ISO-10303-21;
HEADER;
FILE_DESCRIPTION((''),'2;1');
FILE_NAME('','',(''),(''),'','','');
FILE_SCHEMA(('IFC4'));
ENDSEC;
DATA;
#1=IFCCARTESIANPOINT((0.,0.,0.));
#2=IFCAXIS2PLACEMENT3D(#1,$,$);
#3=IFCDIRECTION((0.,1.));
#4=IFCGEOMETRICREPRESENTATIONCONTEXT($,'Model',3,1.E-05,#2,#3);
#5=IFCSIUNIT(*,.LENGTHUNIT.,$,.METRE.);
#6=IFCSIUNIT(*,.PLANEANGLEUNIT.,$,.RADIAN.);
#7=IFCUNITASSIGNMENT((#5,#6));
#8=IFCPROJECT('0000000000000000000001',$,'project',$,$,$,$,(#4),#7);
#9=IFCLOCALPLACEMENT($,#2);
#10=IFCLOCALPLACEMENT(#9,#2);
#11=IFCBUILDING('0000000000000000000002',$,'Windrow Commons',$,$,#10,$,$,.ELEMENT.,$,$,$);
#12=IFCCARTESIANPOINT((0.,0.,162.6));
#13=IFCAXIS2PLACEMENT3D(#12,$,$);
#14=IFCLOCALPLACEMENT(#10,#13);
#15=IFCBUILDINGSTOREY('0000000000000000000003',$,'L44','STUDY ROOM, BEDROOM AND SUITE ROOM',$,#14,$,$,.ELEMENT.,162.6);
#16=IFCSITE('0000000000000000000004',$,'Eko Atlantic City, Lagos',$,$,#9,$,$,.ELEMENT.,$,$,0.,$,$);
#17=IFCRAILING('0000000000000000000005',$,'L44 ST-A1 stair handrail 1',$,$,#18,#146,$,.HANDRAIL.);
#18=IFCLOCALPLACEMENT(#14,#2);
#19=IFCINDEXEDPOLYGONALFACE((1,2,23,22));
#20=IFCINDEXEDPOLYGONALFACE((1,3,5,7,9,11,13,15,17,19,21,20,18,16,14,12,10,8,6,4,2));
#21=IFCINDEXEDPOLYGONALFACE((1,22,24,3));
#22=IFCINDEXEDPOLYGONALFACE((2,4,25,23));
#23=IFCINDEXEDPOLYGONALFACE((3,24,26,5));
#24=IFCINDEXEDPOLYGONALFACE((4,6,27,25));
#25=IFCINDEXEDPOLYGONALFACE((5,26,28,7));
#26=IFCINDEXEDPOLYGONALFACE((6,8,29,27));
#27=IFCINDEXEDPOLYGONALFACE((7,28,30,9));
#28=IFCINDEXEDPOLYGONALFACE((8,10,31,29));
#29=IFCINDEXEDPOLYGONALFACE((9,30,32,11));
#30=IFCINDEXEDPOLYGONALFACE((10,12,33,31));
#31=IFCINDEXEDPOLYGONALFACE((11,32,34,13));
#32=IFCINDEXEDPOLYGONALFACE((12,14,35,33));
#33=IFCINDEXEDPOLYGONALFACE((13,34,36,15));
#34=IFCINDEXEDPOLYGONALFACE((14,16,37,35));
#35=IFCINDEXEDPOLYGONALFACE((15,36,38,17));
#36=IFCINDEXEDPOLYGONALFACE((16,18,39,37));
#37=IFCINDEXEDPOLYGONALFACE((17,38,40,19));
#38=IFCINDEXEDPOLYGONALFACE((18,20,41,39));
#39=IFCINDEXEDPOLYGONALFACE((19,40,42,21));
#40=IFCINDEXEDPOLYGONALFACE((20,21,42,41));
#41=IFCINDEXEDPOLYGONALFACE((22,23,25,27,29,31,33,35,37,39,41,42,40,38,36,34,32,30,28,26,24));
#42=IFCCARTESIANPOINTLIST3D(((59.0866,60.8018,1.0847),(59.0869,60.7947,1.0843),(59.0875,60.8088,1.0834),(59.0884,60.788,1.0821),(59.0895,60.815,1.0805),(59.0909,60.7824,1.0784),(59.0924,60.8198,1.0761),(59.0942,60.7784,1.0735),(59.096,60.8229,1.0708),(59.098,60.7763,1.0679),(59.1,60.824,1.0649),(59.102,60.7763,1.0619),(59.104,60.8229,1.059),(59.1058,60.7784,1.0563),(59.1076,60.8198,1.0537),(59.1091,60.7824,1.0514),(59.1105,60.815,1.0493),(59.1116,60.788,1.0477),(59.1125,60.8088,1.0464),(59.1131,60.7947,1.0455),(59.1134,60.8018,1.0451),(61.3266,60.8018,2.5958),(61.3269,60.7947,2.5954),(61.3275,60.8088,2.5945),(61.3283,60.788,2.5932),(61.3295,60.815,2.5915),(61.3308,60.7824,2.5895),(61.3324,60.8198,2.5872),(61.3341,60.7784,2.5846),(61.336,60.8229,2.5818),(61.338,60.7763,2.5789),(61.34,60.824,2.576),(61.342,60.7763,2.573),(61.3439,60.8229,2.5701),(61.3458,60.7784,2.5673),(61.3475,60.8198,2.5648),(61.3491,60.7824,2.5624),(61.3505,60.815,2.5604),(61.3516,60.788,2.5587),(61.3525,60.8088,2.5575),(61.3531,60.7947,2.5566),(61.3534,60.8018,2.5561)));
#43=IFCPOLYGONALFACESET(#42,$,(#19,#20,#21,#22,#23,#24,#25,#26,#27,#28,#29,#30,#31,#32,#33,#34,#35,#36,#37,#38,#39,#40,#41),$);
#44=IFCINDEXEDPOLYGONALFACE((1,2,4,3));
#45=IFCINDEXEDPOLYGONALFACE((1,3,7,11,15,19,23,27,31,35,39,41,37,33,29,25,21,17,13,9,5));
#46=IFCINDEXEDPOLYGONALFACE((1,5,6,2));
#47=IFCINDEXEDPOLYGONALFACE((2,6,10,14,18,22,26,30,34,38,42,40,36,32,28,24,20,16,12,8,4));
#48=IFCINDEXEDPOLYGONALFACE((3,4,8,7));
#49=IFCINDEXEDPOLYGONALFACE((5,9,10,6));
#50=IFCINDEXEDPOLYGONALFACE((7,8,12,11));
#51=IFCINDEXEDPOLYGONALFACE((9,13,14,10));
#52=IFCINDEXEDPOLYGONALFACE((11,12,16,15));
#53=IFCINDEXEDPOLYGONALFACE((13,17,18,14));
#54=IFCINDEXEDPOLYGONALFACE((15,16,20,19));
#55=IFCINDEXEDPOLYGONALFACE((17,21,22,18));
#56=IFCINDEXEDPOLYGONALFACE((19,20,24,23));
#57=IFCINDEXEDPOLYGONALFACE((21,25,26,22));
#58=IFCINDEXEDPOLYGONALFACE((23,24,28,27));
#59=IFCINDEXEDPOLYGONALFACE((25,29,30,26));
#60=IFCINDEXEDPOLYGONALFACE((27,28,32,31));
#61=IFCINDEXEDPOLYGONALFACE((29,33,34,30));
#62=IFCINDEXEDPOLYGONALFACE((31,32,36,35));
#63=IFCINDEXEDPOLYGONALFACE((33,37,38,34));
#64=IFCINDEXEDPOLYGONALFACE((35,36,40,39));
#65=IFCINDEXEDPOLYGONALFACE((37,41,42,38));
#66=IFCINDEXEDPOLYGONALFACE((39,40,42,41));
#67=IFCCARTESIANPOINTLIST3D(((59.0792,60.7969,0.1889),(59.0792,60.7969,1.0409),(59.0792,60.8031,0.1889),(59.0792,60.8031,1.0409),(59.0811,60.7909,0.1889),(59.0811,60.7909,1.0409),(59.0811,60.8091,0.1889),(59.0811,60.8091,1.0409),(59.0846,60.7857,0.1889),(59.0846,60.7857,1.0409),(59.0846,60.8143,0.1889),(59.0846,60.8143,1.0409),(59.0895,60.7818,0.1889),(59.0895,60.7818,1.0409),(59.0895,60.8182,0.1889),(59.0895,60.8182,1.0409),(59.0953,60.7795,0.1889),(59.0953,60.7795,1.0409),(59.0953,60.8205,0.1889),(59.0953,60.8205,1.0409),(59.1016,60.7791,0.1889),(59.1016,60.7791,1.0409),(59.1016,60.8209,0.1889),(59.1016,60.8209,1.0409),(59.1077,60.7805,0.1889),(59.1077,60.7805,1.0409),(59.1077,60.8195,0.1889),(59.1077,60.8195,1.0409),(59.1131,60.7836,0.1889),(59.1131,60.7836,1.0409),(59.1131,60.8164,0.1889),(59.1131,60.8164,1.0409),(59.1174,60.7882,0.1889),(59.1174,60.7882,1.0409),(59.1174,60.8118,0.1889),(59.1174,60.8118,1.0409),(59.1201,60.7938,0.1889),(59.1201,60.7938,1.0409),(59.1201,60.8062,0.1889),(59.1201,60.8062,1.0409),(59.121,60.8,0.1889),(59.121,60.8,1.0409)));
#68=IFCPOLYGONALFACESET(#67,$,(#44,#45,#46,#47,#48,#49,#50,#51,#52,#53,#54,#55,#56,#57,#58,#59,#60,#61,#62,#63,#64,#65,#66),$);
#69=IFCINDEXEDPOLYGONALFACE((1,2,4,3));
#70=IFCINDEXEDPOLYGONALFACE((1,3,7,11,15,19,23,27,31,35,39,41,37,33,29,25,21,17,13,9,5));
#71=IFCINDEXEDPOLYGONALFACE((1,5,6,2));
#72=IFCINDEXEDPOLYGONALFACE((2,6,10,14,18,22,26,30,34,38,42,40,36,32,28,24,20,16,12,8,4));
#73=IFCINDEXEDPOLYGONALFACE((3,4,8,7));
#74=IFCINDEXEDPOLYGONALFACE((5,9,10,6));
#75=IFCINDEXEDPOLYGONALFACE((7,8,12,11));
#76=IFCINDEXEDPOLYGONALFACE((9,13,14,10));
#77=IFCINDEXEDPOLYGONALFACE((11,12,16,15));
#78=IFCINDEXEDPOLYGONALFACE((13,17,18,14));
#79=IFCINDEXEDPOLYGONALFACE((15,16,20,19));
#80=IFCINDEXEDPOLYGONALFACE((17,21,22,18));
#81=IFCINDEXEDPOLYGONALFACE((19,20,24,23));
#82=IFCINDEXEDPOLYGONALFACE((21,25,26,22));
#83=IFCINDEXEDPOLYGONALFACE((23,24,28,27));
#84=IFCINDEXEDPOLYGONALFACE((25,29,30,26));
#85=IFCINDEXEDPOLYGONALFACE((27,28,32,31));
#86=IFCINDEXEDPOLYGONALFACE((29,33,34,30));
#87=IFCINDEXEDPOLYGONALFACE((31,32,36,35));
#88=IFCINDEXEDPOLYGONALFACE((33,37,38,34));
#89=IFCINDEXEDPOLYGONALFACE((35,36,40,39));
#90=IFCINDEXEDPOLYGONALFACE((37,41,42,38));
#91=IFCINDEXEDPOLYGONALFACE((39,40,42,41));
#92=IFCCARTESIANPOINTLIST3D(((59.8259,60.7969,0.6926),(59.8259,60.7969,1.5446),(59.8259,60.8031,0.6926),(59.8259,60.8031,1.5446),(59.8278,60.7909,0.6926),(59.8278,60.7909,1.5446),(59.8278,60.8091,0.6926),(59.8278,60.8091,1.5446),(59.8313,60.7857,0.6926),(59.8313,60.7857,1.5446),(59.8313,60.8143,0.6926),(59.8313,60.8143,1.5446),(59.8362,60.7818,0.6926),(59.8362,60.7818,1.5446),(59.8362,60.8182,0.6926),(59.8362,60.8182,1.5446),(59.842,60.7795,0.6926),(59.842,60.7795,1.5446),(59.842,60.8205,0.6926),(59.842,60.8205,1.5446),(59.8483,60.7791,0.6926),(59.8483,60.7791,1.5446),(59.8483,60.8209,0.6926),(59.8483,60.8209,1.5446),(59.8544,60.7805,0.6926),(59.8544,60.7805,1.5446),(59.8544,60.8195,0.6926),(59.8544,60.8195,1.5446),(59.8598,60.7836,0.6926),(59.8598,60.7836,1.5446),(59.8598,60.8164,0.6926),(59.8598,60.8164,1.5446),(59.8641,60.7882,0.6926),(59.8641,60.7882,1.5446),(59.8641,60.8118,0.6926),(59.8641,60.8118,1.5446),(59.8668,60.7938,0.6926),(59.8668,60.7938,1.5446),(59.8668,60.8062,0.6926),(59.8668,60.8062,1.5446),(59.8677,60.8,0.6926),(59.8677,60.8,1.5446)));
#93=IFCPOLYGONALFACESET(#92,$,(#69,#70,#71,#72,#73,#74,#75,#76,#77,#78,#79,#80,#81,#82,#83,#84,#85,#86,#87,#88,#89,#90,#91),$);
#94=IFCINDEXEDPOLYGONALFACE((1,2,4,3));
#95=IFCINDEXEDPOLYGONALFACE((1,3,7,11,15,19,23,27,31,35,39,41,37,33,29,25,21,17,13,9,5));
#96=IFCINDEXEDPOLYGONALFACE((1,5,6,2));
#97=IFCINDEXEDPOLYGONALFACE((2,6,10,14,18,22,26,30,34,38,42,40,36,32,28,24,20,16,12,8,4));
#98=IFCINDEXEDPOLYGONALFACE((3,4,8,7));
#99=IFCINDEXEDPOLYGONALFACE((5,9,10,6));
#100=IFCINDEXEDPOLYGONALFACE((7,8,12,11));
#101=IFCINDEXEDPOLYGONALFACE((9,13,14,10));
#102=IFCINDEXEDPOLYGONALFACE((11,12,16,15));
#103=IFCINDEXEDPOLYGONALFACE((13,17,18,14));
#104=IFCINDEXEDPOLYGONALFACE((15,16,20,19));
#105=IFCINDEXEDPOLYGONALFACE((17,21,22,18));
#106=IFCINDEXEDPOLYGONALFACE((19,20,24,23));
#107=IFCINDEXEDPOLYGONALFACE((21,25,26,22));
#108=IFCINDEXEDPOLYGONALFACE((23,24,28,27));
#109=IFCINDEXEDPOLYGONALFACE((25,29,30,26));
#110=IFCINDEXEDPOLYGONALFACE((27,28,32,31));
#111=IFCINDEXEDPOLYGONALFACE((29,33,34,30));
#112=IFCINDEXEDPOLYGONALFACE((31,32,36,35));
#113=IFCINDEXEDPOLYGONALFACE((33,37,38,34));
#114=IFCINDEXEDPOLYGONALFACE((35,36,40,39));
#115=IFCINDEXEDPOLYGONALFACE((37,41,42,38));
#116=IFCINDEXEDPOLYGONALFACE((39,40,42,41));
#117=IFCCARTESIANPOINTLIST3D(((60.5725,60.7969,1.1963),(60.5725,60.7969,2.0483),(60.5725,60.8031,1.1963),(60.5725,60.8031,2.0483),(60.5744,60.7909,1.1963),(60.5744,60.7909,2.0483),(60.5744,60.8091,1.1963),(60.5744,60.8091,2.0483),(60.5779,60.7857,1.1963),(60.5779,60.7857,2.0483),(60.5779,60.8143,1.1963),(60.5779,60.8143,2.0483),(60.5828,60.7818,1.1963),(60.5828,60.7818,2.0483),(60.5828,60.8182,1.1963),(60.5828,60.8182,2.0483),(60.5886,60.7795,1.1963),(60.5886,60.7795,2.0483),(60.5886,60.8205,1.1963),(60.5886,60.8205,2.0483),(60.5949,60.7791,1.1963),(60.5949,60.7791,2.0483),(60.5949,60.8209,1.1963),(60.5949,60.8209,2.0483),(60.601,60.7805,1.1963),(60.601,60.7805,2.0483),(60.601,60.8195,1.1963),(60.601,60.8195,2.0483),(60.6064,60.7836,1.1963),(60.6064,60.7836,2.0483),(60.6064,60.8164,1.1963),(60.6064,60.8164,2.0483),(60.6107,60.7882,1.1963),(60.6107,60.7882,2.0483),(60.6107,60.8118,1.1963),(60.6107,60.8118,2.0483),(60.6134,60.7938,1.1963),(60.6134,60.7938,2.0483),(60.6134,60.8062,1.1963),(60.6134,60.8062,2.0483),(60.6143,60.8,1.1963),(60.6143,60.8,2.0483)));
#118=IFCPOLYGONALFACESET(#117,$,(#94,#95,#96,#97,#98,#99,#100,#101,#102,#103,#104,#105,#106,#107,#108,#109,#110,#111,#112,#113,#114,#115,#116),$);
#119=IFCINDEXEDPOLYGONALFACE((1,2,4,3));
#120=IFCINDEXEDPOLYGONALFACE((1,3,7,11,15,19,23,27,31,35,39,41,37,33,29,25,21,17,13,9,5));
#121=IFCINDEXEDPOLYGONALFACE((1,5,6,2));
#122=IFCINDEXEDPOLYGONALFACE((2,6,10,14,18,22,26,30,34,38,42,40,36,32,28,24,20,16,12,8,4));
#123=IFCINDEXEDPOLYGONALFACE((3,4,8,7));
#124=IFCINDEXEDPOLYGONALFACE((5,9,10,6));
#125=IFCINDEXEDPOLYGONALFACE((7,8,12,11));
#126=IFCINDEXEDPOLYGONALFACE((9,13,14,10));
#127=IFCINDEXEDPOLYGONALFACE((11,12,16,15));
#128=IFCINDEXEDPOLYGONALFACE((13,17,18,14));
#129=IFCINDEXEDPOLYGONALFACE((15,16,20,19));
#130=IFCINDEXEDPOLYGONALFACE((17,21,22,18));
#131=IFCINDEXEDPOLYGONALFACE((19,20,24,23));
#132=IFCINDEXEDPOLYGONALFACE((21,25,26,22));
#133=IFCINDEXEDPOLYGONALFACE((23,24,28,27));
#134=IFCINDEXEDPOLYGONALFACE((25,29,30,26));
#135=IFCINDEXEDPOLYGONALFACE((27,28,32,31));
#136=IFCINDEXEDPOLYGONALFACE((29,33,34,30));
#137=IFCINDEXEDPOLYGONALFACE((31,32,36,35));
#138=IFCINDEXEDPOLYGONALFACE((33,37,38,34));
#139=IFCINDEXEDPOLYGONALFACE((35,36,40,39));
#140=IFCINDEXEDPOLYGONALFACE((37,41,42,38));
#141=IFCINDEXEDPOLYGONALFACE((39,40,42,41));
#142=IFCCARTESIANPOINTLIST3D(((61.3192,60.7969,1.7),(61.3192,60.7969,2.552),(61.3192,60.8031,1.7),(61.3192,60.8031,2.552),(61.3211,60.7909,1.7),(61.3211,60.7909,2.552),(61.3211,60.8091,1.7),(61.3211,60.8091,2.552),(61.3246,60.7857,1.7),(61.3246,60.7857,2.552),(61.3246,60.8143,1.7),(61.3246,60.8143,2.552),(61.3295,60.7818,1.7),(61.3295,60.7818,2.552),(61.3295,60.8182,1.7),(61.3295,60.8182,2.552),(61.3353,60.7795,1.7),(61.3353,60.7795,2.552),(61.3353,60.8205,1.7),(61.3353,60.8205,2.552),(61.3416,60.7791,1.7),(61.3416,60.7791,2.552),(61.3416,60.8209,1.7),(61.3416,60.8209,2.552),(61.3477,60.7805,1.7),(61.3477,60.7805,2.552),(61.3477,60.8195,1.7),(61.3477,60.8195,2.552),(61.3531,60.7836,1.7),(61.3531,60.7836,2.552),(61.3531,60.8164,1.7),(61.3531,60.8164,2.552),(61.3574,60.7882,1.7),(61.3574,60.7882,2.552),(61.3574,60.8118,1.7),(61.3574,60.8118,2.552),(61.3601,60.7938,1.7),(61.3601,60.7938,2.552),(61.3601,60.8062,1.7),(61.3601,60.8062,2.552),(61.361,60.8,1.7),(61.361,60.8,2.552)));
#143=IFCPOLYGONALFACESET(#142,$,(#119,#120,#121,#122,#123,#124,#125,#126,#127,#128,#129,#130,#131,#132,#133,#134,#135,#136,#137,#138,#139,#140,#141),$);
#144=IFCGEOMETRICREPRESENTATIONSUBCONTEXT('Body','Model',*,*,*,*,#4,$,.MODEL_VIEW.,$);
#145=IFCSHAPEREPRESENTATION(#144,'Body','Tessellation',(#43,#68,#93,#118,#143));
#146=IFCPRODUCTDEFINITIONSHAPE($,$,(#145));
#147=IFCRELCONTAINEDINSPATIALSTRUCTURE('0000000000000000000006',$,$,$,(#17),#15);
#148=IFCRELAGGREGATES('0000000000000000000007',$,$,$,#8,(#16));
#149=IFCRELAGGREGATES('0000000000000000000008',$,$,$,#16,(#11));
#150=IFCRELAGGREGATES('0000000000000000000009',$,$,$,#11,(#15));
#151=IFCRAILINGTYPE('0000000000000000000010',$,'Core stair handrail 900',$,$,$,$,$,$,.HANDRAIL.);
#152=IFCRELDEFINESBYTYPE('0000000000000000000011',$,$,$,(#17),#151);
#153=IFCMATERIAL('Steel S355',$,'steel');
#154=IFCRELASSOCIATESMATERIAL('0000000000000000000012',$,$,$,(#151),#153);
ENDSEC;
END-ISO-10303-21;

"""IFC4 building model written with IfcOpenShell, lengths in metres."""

from ifc_helpers import new_model, si_unit, direction, frame, origin, origin_2d, place, context, subcontext, project, spatial, circle, extrude, material, type_object, element, save


model = new_model("IFC4")

# Units and contexts
model_context = context("Model", 3, precision=1e-05, world=origin(), true_north=direction((0.0, 1.0)))
body_context = subcontext(model_context, "Body", "Model", "MODEL_VIEW")
ifc_project = project(units=[si_unit("LENGTHUNIT", "METRE"), si_unit("PLANEANGLEUNIT", "RADIAN")], contexts=[model_context])

# Site, building, storey
site_placement = place(None, origin())
site = spatial("IfcSite", under=ifc_project, at=site_placement, Name="Eko Atlantic City, Lagos", CompositionType="ELEMENT", RefElevation=0.0)
building_placement = place(site_placement, origin())
building = spatial("IfcBuilding", under=site, at=building_placement, Name="Windrow Commons", CompositionType="ELEMENT")
storey_placement = place(building_placement, frame((0.0, 0.0, 162.6)))
storey = spatial("IfcBuildingStorey", under=building, at=storey_placement, Name="L44", Description="STUDY ROOM, BEDROOM AND SUITE ROOM", CompositionType="ELEMENT", Elevation=162.6)

# Railing
ifc_material_1 = material(Name="Steel S355", Category="steel")
railing_type = type_object("IfcRailingType", Name="Core stair handrail 900", PredefinedType="HANDRAIL", material=ifc_material_1)
railing_placement = place(storey_placement, frame((59.1, 60.8, 0.1889)))
element("IfcRailing", 1, at=railing_placement, inside=storey, type_object=railing_type, Name="L44 ST-A1 stair handrail 1", PredefinedType="HANDRAIL", context=body_context, shape_type="SweptSolid", body=[
    extrude(circle(Radius=0.024, at=origin_2d()), frame((0.0, 0.0, 0.876), z_axis=(0.829003, 0.0, 0.559244), x_axis=(0.0, 1.0, 0.0)), (0.0, 0.0, 1.0), 2.702),
    extrude(circle(Radius=0.021, at=origin_2d()), origin(), (0.0, 0.0, 1.0), 0.852),
    extrude(circle(Radius=0.021, at=origin_2d()), frame((0.7467, 0.0, 0.5037)), (0.0, 0.0, 1.0), 0.852),
    extrude(circle(Radius=0.021, at=origin_2d()), frame((1.4933, 0.0, 1.0074)), (0.0, 0.0, 1.0), 0.852),
    extrude(circle(Radius=0.021, at=origin_2d()), frame((2.24, 0.0, 1.5111)), (0.0, 0.0, 1.0), 0.852),
])

save(model, "model.ifc")
